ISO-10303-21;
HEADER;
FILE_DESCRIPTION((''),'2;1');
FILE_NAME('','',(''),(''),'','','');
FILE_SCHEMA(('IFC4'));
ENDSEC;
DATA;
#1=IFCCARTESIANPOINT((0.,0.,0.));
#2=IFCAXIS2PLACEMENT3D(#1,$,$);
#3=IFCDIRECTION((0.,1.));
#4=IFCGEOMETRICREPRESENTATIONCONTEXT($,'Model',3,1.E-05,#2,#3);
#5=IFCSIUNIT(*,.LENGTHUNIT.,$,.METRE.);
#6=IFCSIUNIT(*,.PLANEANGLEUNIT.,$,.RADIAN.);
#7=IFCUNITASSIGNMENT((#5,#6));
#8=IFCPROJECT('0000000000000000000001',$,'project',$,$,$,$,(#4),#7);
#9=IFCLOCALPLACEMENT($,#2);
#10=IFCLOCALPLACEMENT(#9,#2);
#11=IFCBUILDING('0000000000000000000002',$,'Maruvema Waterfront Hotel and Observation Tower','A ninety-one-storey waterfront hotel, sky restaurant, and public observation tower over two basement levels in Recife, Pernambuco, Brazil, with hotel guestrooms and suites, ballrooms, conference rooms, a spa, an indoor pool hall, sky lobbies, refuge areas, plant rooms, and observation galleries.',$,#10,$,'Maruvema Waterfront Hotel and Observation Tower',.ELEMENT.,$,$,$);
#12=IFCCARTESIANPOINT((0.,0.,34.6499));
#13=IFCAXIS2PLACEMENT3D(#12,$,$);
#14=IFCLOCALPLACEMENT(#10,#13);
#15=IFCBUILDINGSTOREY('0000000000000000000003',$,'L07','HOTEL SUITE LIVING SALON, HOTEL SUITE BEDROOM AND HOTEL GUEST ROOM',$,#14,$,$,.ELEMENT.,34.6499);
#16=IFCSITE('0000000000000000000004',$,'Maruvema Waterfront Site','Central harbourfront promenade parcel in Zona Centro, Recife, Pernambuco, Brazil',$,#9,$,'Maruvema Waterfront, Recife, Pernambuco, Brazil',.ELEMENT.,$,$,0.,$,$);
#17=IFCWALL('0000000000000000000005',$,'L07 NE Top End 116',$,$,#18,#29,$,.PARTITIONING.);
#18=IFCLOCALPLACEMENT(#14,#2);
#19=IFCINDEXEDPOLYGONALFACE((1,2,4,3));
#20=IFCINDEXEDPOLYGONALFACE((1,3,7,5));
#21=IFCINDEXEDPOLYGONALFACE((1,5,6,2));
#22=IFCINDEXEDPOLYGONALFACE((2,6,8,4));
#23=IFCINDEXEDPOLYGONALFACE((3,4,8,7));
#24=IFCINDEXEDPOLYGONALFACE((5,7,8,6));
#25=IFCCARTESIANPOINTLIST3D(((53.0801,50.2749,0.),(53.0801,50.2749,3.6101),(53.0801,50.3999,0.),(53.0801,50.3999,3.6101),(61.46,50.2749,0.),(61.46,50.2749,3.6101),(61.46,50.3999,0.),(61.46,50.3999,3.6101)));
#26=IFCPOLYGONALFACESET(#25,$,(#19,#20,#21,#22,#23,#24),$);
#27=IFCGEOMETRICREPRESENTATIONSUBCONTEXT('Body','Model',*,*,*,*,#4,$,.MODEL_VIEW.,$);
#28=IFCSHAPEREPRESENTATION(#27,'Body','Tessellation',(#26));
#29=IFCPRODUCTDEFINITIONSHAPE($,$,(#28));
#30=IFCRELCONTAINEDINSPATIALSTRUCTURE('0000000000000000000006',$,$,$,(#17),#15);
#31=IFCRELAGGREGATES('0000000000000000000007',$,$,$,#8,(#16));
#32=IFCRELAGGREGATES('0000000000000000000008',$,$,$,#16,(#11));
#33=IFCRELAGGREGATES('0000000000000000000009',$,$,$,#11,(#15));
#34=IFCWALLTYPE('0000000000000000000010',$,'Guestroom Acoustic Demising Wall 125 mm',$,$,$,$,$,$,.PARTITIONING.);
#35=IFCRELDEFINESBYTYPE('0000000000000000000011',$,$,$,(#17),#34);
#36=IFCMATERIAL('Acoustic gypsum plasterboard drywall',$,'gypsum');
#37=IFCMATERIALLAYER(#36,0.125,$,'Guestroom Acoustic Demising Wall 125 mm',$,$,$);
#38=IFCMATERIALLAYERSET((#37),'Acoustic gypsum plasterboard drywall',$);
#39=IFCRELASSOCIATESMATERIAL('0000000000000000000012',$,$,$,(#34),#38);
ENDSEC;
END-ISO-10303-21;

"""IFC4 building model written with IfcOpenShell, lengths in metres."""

from ifc_helpers import new_model, si_unit, direction, frame, frame_2d, origin, place, context, subcontext, project, spatial, rectangle, extrude, material, layer, layer_set, type_object, element, save


model = new_model("IFC4")

# Units and contexts
model_context = context("Model", 3, precision=1e-05, world=origin(), true_north=direction((0.0, 1.0)))
body_context = subcontext(model_context, "Body", "Model", "MODEL_VIEW")
ifc_project = project(units=[si_unit("LENGTHUNIT", "METRE"), si_unit("PLANEANGLEUNIT", "RADIAN")], contexts=[model_context])

# Site, building, storey
site_placement = place(None, origin())
site = spatial("IfcSite", under=ifc_project, at=site_placement, Name="Maruvema Waterfront Site", Description="Central harbourfront promenade parcel in Zona Centro, Recife, Pernambuco, Brazil", LongName="Maruvema Waterfront, Recife, Pernambuco, Brazil", CompositionType="ELEMENT", RefElevation=0.0)
building_placement = place(site_placement, origin())
building = spatial("IfcBuilding", under=site, at=building_placement, Name="Maruvema Waterfront Hotel and Observation Tower", Description="A ninety-one-storey waterfront hotel, sky restaurant, and public observation tower over two basement levels in Recife, Pernambuco, Brazil, with hotel guestrooms and suites, ballrooms, conference rooms, a spa, an indoor pool hall, sky lobbies, refuge areas, plant rooms, and observation galleries.", LongName="Maruvema Waterfront Hotel and Observation Tower", CompositionType="ELEMENT")
storey_placement = place(building_placement, frame((0.0, 0.0, 34.6499)))
storey = spatial("IfcBuildingStorey", under=building, at=storey_placement, Name="L07", Description="HOTEL SUITE LIVING SALON, HOTEL SUITE BEDROOM AND HOTEL GUEST ROOM", CompositionType="ELEMENT", Elevation=34.6499)

# Wall
ifc_material_1 = material(Name="Acoustic gypsum plasterboard drywall", Category="gypsum")
ifc_layer_1 = layer(ifc_material_1, 0.125, Name="Guestroom Acoustic Demising Wall 125 mm")
ifc_layer_set_1 = layer_set([ifc_layer_1], Name="Acoustic gypsum plasterboard drywall")
wall_type_1 = type_object("IfcWallType", Name="Guestroom Acoustic Demising Wall 125 mm", PredefinedType="PARTITIONING", material=ifc_layer_set_1)
wall_1_placement = place(storey_placement, frame((53.0801, 50.3374, 0.0), z_axis=(0.0, 0.0, 1.0), x_axis=(1.0, 0.0, 0.0)))
element("IfcWall", 1, at=wall_1_placement, inside=storey, type_object=wall_type_1, Name="L07 NE Top End 116", PredefinedType="PARTITIONING", context=body_context, shape_type="SweptSolid", body=[
    extrude(rectangle(XDim=8.3799, YDim=0.125, at=frame_2d((4.1899, 0.0))), origin(), (0.0, 0.0, 1.0), 3.6101),
])

save(model, "model.ifc")
